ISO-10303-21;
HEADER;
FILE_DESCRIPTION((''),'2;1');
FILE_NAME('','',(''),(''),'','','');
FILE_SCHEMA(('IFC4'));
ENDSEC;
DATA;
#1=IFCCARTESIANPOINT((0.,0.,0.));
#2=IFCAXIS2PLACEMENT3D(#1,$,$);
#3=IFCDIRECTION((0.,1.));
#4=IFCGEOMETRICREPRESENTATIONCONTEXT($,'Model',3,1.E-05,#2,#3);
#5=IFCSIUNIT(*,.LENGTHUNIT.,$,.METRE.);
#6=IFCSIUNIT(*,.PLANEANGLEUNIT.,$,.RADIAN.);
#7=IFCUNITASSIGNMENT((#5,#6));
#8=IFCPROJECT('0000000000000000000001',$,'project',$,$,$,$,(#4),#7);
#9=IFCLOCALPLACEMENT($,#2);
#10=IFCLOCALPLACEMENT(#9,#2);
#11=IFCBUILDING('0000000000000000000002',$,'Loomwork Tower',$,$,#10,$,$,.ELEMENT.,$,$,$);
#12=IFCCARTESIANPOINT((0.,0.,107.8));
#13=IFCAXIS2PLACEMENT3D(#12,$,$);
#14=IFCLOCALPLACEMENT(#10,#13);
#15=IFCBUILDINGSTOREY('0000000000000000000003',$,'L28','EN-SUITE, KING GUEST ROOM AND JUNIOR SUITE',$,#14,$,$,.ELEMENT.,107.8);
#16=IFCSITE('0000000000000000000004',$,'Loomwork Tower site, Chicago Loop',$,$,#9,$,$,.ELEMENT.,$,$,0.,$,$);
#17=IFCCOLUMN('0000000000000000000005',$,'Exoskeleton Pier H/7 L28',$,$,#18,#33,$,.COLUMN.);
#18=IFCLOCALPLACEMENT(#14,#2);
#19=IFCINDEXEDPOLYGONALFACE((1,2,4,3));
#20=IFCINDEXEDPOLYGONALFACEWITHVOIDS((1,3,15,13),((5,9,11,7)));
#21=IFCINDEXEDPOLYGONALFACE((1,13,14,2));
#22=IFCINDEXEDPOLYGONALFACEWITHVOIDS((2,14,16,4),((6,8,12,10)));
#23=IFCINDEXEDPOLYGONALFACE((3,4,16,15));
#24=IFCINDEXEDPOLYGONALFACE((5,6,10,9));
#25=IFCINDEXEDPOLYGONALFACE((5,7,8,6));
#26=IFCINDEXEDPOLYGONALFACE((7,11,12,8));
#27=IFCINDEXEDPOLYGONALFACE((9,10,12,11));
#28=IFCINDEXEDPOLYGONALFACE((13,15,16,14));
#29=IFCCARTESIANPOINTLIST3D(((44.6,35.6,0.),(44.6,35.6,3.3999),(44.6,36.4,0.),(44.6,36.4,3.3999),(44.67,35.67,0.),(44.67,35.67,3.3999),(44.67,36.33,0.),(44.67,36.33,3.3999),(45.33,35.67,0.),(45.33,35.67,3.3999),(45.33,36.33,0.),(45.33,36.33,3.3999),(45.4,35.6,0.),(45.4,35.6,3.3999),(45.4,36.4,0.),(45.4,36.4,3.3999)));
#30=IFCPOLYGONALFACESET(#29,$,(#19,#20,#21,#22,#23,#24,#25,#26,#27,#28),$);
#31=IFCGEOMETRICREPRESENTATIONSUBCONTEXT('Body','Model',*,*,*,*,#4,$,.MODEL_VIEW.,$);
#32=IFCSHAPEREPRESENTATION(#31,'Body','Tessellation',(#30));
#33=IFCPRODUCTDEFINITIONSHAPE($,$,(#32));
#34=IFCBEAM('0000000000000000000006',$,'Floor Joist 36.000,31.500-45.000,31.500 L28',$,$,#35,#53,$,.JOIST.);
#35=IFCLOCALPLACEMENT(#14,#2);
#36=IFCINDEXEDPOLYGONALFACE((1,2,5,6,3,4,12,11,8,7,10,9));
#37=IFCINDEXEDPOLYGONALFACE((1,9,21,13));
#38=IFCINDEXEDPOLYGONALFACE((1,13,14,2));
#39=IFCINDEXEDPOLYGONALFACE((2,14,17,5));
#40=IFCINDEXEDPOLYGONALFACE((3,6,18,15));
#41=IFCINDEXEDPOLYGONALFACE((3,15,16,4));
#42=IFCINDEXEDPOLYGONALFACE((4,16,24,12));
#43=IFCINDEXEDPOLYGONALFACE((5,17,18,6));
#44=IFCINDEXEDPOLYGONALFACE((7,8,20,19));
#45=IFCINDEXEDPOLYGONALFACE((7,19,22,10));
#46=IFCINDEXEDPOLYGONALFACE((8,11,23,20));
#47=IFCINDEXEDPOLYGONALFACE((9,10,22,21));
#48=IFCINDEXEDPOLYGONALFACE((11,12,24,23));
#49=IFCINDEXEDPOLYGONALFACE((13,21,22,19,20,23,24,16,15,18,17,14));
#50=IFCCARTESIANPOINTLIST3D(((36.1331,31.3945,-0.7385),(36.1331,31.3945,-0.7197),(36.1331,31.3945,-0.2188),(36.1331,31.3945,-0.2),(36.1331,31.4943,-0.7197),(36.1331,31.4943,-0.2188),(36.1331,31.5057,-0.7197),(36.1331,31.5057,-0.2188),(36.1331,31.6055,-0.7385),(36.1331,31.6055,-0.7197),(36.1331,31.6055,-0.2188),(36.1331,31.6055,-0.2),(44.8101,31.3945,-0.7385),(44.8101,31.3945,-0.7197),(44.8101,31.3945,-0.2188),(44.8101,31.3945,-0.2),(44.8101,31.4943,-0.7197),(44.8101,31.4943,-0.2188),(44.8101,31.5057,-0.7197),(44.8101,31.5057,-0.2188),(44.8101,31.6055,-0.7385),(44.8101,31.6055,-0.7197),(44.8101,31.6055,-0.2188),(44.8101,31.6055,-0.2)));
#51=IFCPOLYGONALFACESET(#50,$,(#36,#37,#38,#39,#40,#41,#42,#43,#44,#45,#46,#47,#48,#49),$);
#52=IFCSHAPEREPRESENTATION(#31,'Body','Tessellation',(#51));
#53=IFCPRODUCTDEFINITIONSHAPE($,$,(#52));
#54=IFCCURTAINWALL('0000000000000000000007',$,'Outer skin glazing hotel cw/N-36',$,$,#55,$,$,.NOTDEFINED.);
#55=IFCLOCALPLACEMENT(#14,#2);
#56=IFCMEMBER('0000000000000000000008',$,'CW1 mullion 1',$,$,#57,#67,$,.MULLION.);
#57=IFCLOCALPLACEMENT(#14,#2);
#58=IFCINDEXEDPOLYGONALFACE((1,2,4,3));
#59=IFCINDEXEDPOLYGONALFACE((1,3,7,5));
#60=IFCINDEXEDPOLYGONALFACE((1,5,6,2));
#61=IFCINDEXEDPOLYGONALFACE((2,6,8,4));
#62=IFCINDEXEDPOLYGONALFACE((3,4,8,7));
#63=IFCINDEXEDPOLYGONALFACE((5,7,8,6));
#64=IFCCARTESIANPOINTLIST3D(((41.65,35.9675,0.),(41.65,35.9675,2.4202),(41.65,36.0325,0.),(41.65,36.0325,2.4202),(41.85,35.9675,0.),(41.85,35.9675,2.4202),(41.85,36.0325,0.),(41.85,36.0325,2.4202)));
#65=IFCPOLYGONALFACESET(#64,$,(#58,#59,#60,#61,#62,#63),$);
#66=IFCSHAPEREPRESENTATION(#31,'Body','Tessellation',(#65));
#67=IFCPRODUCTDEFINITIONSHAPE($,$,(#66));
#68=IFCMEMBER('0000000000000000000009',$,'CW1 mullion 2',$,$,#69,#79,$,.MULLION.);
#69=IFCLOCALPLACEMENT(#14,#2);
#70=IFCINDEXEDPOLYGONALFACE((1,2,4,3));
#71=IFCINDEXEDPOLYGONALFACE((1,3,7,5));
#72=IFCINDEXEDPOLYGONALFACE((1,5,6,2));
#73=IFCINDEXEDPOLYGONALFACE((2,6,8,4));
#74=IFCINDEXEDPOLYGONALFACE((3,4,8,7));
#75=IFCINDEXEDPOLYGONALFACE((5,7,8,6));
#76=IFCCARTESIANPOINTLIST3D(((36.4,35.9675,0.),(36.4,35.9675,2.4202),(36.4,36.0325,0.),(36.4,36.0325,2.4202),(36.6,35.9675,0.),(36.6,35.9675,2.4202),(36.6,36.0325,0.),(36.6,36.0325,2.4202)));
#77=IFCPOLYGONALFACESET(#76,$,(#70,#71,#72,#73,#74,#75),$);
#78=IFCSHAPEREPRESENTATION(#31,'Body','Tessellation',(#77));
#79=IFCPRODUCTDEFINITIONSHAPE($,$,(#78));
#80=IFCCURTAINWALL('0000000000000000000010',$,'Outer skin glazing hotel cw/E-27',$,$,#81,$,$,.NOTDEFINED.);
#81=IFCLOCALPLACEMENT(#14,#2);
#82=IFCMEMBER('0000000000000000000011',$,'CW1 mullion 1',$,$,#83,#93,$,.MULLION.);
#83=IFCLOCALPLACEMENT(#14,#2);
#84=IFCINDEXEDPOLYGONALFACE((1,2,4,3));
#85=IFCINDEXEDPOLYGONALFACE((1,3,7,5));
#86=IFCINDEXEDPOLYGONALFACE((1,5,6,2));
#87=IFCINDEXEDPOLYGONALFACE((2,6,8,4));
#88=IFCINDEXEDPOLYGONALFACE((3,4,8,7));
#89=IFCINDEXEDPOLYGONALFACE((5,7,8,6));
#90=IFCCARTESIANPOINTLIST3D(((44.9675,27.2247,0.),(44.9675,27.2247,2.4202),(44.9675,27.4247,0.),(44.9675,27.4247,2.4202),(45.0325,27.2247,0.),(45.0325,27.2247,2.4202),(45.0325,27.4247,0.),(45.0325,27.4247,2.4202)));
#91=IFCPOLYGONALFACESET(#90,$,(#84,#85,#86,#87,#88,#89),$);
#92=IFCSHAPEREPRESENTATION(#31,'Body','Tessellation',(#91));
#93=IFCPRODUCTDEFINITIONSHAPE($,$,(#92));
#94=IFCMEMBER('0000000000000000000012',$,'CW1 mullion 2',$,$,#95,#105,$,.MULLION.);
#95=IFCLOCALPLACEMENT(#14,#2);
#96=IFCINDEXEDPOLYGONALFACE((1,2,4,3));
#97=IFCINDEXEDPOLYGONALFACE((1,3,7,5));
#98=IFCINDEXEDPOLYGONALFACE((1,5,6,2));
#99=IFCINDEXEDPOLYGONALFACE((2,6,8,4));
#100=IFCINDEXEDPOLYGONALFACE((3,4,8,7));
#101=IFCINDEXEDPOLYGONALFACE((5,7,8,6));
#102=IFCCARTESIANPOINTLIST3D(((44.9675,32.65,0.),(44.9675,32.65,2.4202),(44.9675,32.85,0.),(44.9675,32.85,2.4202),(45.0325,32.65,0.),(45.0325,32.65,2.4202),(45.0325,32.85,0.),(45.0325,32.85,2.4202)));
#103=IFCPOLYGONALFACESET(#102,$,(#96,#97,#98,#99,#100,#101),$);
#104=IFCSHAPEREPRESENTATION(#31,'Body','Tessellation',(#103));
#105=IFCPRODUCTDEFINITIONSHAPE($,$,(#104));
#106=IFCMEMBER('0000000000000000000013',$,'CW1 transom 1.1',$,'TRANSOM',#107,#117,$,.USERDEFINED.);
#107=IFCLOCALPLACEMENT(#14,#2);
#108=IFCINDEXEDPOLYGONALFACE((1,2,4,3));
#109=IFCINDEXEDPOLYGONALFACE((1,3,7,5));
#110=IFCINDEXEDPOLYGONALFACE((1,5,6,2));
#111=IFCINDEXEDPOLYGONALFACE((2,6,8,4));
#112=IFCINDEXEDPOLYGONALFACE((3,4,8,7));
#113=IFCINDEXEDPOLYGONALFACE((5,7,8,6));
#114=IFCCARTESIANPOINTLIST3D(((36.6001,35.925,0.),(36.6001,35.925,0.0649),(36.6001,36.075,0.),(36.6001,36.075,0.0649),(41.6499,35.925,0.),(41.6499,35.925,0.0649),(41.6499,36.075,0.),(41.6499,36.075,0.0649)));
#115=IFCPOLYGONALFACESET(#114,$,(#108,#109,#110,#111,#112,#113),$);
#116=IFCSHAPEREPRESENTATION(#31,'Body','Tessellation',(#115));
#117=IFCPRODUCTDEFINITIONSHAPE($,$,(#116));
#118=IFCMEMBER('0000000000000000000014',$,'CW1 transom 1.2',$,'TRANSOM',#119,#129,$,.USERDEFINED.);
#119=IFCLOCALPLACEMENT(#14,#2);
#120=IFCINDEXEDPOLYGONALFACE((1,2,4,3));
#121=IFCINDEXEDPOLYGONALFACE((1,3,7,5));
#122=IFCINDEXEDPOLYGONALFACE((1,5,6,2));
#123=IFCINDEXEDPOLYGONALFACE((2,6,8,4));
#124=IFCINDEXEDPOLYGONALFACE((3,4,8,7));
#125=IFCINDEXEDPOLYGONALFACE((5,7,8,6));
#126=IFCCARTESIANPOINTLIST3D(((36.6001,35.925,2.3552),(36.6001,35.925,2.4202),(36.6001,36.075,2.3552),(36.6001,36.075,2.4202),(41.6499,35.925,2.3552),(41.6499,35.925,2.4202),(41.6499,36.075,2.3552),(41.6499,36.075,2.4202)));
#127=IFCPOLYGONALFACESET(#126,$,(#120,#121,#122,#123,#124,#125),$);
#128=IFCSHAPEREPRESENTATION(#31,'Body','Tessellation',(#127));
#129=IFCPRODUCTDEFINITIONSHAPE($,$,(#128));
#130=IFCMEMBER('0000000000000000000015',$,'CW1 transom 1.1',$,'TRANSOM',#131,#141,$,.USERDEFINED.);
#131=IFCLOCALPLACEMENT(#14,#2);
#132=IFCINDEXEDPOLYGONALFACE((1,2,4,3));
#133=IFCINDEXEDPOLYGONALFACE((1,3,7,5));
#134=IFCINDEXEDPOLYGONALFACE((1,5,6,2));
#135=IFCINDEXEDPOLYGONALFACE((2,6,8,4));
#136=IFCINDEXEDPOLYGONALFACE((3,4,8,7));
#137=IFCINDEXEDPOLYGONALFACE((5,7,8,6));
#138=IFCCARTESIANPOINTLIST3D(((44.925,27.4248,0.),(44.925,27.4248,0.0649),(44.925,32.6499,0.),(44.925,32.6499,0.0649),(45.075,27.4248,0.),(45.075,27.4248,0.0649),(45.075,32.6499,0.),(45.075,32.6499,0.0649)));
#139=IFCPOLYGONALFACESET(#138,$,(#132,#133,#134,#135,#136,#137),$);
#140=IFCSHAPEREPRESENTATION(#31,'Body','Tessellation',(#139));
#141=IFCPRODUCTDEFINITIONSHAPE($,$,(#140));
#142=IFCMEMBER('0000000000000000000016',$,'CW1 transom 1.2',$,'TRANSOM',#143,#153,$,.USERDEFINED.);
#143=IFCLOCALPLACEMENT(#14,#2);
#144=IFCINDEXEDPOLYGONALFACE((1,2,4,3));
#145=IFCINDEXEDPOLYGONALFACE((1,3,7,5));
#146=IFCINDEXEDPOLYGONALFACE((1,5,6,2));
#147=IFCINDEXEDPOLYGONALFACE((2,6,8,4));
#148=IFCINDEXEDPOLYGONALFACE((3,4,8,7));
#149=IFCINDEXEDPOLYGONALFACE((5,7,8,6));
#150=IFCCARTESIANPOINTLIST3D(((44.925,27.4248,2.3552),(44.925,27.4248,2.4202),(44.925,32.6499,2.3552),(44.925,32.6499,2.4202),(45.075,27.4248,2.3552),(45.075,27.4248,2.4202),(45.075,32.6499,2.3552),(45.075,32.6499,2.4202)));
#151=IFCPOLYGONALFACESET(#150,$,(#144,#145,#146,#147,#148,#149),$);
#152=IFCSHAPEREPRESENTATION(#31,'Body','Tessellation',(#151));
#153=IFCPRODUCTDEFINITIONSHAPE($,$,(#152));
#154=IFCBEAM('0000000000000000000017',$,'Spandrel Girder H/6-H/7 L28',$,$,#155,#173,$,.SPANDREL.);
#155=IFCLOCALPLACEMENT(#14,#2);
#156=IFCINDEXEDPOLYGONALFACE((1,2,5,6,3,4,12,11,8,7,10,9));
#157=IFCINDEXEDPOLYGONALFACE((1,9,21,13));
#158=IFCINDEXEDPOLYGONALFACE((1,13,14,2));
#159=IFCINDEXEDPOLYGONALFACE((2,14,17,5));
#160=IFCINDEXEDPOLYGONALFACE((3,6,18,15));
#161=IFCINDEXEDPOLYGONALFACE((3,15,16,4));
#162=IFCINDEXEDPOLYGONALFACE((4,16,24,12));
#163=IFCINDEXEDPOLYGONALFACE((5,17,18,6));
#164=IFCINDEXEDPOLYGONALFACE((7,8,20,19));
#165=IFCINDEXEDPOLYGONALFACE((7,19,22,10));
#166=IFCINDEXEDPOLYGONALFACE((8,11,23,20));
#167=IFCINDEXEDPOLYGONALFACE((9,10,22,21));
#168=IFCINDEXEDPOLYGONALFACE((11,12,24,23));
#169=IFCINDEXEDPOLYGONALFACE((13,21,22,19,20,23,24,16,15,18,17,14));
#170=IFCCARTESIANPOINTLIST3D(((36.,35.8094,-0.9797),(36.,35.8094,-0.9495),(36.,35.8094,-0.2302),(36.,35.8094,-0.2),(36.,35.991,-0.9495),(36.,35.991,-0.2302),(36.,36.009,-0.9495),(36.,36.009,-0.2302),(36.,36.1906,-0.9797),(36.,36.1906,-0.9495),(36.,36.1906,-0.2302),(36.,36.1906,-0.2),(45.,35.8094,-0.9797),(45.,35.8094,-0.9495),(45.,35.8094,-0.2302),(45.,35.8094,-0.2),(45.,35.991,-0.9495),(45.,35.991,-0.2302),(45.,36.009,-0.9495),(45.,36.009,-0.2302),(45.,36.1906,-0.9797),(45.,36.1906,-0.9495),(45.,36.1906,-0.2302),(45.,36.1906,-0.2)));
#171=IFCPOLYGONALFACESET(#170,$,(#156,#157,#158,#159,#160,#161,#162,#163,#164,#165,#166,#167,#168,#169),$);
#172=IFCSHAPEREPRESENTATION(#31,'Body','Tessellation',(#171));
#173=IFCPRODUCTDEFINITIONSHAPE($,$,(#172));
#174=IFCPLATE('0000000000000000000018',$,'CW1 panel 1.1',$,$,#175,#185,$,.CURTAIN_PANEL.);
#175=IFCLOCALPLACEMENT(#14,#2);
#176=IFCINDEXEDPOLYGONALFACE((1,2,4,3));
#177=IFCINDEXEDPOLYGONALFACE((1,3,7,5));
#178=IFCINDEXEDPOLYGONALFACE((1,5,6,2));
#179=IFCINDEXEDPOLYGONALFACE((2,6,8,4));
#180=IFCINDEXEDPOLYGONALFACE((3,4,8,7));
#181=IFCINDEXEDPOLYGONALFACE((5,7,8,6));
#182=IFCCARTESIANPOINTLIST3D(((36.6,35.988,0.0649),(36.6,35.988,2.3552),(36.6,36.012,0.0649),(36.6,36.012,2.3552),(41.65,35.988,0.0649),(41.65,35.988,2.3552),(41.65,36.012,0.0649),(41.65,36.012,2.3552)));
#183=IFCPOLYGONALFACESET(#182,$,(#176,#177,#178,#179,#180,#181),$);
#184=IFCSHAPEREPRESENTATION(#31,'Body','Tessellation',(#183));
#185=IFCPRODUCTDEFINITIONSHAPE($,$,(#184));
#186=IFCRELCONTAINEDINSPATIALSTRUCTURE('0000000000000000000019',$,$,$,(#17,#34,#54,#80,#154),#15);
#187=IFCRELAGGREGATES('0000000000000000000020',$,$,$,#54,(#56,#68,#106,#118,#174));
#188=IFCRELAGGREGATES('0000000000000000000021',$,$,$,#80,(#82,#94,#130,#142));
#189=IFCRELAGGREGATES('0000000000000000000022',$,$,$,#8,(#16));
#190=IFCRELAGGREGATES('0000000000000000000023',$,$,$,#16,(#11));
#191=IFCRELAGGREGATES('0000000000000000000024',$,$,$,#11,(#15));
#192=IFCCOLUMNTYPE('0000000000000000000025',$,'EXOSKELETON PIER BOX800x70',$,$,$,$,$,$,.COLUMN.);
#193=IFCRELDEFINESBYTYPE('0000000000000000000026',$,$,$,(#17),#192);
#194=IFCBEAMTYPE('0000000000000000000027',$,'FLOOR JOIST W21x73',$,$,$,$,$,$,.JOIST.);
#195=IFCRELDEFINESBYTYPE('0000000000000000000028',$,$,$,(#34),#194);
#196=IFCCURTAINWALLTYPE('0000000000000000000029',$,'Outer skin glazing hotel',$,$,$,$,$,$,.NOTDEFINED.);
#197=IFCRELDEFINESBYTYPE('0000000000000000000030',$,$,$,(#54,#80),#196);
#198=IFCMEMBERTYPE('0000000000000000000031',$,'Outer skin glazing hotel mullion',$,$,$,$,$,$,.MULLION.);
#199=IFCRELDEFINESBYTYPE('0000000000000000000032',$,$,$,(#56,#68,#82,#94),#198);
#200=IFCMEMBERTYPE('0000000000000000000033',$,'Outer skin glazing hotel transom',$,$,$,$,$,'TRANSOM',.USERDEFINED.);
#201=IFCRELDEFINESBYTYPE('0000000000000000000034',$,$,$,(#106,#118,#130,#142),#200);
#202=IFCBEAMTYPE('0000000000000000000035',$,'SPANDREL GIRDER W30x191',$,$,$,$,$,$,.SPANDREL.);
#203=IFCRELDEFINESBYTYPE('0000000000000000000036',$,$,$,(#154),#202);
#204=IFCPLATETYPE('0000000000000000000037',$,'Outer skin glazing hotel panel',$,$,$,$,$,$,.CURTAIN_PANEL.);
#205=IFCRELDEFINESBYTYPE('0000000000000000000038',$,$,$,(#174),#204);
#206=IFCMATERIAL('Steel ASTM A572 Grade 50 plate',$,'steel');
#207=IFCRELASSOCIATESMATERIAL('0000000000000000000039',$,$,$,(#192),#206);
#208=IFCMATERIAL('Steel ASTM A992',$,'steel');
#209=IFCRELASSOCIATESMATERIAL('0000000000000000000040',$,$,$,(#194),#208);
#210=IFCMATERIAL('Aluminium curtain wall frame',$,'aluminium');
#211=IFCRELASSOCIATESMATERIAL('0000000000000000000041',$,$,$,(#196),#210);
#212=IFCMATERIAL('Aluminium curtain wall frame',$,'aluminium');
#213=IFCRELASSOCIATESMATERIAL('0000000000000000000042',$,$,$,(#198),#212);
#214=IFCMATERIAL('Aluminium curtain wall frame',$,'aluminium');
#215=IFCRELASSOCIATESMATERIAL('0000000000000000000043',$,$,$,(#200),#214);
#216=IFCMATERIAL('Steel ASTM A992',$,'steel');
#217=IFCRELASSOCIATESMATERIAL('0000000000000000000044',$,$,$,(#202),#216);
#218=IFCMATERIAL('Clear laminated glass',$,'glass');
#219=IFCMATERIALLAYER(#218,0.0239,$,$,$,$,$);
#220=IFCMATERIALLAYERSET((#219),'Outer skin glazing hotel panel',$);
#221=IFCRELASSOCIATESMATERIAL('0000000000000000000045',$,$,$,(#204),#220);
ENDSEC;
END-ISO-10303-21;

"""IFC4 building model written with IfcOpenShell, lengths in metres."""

from ifc_helpers import new_model, si_unit, direction, frame, origin, origin_2d, place, context, subcontext, project, spatial, rectangle, hollow_rectangle, i_section, extrude, material, layer, layer_set, material_profile, profile_set, type_object, element, aggregate, save


model = new_model("IFC4")

# Units and contexts
model_context = context("Model", 3, precision=1e-05, world=origin(), true_north=direction((0.0, 1.0)))
body_context = subcontext(model_context, "Body", "Model", "MODEL_VIEW")
ifc_project = project(units=[si_unit("LENGTHUNIT", "METRE"), si_unit("PLANEANGLEUNIT", "RADIAN")], contexts=[model_context])

# Site, building, storey
site_placement = place(None, origin())
site = spatial("IfcSite", under=ifc_project, at=site_placement, Name="Loomwork Tower site, Chicago Loop", CompositionType="ELEMENT", RefElevation=0.0)
building_placement = place(site_placement, origin())
building = spatial("IfcBuilding", under=site, at=building_placement, Name="Loomwork Tower", CompositionType="ELEMENT")
storey_placement = place(building_placement, frame((0.0, 0.0, 107.8)))
storey = spatial("IfcBuildingStorey", under=building, at=storey_placement, Name="L28", Description="EN-SUITE, KING GUEST ROOM AND JUNIOR SUITE", CompositionType="ELEMENT", Elevation=107.8)

# Column
ifc_material_1 = material(Name="Steel ASTM A572 Grade 50 plate", Category="steel")
ifc_material_profile_1 = material_profile(ifc_material_1, hollow_rectangle(XDim=0.8, YDim=0.8, WallThickness=0.0701, at=origin_2d()), Name="BOX800x70")
ifc_profile_set_1 = profile_set([ifc_material_profile_1], Name="Steel ASTM A572 Grade 50 plate")
column_type = type_object("IfcColumnType", Name="EXOSKELETON PIER BOX800x70", PredefinedType="COLUMN", material=ifc_profile_set_1)
column_placement = place(storey_placement, frame((45.0, 36.0, 0.0), z_axis=(0.0, 0.0, 1.0), x_axis=(1.0, 0.0, 0.0)))
element("IfcColumn", 1, at=column_placement, inside=storey, type_object=column_type, Name="Exoskeleton Pier H/7 L28", PredefinedType="COLUMN", context=body_context, shape_type="SweptSolid", body=[
    extrude(hollow_rectangle(XDim=0.8, YDim=0.8, WallThickness=0.0701, at=origin_2d()), origin(), (0.0, 0.0, 1.0), 3.3999),
])

# Beam
ifc_material_2 = material(Name="Steel ASTM A992", Category="steel")
ifc_material_profile_2 = material_profile(ifc_material_2, i_section(OverallWidth=0.2109, OverallDepth=0.5386, WebThickness=0.0115, FlangeThickness=0.0188, at=origin_2d()), Name="W21x73")
ifc_profile_set_2 = profile_set([ifc_material_profile_2], Name="Steel ASTM A992")
beam_type_1 = type_object("IfcBeamType", Name="FLOOR JOIST W21x73", PredefinedType="JOIST", material=ifc_profile_set_2)
beam_1_placement = place(storey_placement, frame((36.1331, 31.5, -0.4692), z_axis=(1.0, 0.0, 0.0), x_axis=(0.0, 1.0, 0.0)))
element("IfcBeam", 2, at=beam_1_placement, inside=storey, type_object=beam_type_1, Name="Floor Joist 36.000,31.500-45.000,31.500 L28", PredefinedType="JOIST", context=body_context, shape_type="SweptSolid", body=[
    extrude(i_section(OverallWidth=0.2109, OverallDepth=0.5386, WebThickness=0.0115, FlangeThickness=0.0188, at=origin_2d()), origin(), (0.0, 0.0, 1.0), 8.677),
])

# Curtain walls, members
ifc_material_3 = material(Name="Aluminium curtain wall frame", Category="aluminium")
curtain_wall_type = type_object("IfcCurtainWallType", Name="Outer skin glazing hotel", PredefinedType="NOTDEFINED", material=ifc_material_3)
curtain_wall_1_placement = place(storey_placement, origin())
curtain_wall_1 = element("IfcCurtainWall", 3, at=curtain_wall_1_placement, inside=storey, type_object=curtain_wall_type, Name="Outer skin glazing hotel cw/N-36", PredefinedType="NOTDEFINED")
ifc_material_4 = material(Name="Aluminium curtain wall frame", Category="aluminium")
ifc_material_profile_3 = material_profile(ifc_material_4, rectangle(XDim=0.0649, YDim=0.2, at=origin_2d()), Name="AL 65x200")
ifc_profile_set_3 = profile_set([ifc_material_profile_3], Name="Aluminium curtain wall frame")
member_type_1 = type_object("IfcMemberType", Name="Outer skin glazing hotel mullion", PredefinedType="MULLION", material=ifc_profile_set_3)
member_1_placement = place(storey_placement, frame((41.75, 36.0, 0.0), z_axis=(0.0, 0.0, 1.0), x_axis=(0.0, -1.0, 0.0)))
member_1 = element("IfcMember", 4, at=member_1_placement, type_object=member_type_1, Name="CW1 mullion 1", PredefinedType="MULLION", context=body_context, shape_type="SweptSolid", body=[
    extrude(rectangle(XDim=0.0649, YDim=0.2, at=origin_2d()), origin(), (0.0, 0.0, 1.0), 2.4202),
])
member_2_placement = place(storey_placement, frame((36.5, 36.0, 0.0), z_axis=(0.0, 0.0, 1.0), x_axis=(0.0, -1.0, 0.0)))
member_2 = element("IfcMember", 5, at=member_2_placement, type_object=member_type_1, Name="CW1 mullion 2", PredefinedType="MULLION", context=body_context, shape_type="SweptSolid", body=[
    extrude(rectangle(XDim=0.0649, YDim=0.2, at=origin_2d()), origin(), (0.0, 0.0, 1.0), 2.4202),
])
curtain_wall_2_placement = place(storey_placement, origin())
curtain_wall_2 = element("IfcCurtainWall", 6, at=curtain_wall_2_placement, inside=storey, type_object=curtain_wall_type, Name="Outer skin glazing hotel cw/E-27", PredefinedType="NOTDEFINED")
member_3_placement = place(storey_placement, frame((45.0, 27.3247, 0.0), z_axis=(0.0, 0.0, 1.0), x_axis=(-1.0, 0.0, 0.0)))
member_3 = element("IfcMember", 7, at=member_3_placement, type_object=member_type_1, Name="CW1 mullion 1", PredefinedType="MULLION", context=body_context, shape_type="SweptSolid", body=[
    extrude(rectangle(XDim=0.0649, YDim=0.2, at=origin_2d()), origin(), (0.0, 0.0, 1.0), 2.4202),
])
member_4_placement = place(storey_placement, frame((45.0, 32.75, 0.0), z_axis=(0.0, 0.0, 1.0), x_axis=(-1.0, 0.0, 0.0)))
member_4 = element("IfcMember", 8, at=member_4_placement, type_object=member_type_1, Name="CW1 mullion 2", PredefinedType="MULLION", context=body_context, shape_type="SweptSolid", body=[
    extrude(rectangle(XDim=0.0649, YDim=0.2, at=origin_2d()), origin(), (0.0, 0.0, 1.0), 2.4202),
])

# Members
ifc_material_5 = material(Name="Aluminium curtain wall frame", Category="aluminium")
ifc_material_profile_4 = material_profile(ifc_material_5, rectangle(XDim=0.1499, YDim=0.0649, at=origin_2d()), Name="AL 65x150")
ifc_profile_set_4 = profile_set([ifc_material_profile_4], Name="Aluminium curtain wall frame")
member_type_2 = type_object("IfcMemberType", Name="Outer skin glazing hotel transom", ElementType="TRANSOM", PredefinedType="USERDEFINED", material=ifc_profile_set_4)
member_5_placement = place(storey_placement, frame((41.6499, 36.0, 0.0325), z_axis=(-1.0, 0.0, 0.0), x_axis=(0.0, -1.0, 0.0)))
member_5 = element("IfcMember", 9, at=member_5_placement, type_object=member_type_2, Name="CW1 transom 1.1", ObjectType="TRANSOM", PredefinedType="USERDEFINED", context=body_context, shape_type="SweptSolid", body=[
    extrude(rectangle(XDim=0.1499, YDim=0.0649, at=origin_2d()), origin(), (0.0, 0.0, 1.0), 5.0498),
])
member_6_placement = place(storey_placement, frame((41.6499, 36.0, 2.3877), z_axis=(-1.0, 0.0, 0.0), x_axis=(0.0, -1.0, 0.0)))
member_6 = element("IfcMember", 10, at=member_6_placement, type_object=member_type_2, Name="CW1 transom 1.2", ObjectType="TRANSOM", PredefinedType="USERDEFINED", context=body_context, shape_type="SweptSolid", body=[
    extrude(rectangle(XDim=0.1499, YDim=0.0649, at=origin_2d()), origin(), (0.0, 0.0, 1.0), 5.0498),
])
member_7_placement = place(storey_placement, frame((45.0, 27.4248, 0.0325), z_axis=(0.0, 1.0, 0.0), x_axis=(-1.0, 0.0, 0.0)))
member_7 = element("IfcMember", 11, at=member_7_placement, type_object=member_type_2, Name="CW1 transom 1.1", ObjectType="TRANSOM", PredefinedType="USERDEFINED", context=body_context, shape_type="SweptSolid", body=[
    extrude(rectangle(XDim=0.1499, YDim=0.0649, at=origin_2d()), origin(), (0.0, 0.0, 1.0), 5.2251),
])
member_8_placement = place(storey_placement, frame((45.0, 27.4248, 2.3877), z_axis=(0.0, 1.0, 0.0), x_axis=(-1.0, 0.0, 0.0)))
member_8 = element("IfcMember", 12, at=member_8_placement, type_object=member_type_2, Name="CW1 transom 1.2", ObjectType="TRANSOM", PredefinedType="USERDEFINED", context=body_context, shape_type="SweptSolid", body=[
    extrude(rectangle(XDim=0.1499, YDim=0.0649, at=origin_2d()), origin(), (0.0, 0.0, 1.0), 5.2251),
])

# Beam
ifc_material_6 = material(Name="Steel ASTM A992", Category="steel")
ifc_material_profile_5 = material_profile(ifc_material_6, i_section(OverallWidth=0.3811, OverallDepth=0.7798, WebThickness=0.0181, FlangeThickness=0.0303, at=origin_2d()), Name="W30x191")
ifc_profile_set_5 = profile_set([ifc_material_profile_5], Name="Steel ASTM A992")
beam_type_2 = type_object("IfcBeamType", Name="SPANDREL GIRDER W30x191", PredefinedType="SPANDREL", material=ifc_profile_set_5)
beam_2_placement = place(storey_placement, frame((36.0, 36.0, -0.5898), z_axis=(1.0, 0.0, 0.0), x_axis=(0.0, 1.0, 0.0)))
element("IfcBeam", 13, at=beam_2_placement, inside=storey, type_object=beam_type_2, Name="Spandrel Girder H/6-H/7 L28", PredefinedType="SPANDREL", context=body_context, shape_type="SweptSolid", body=[
    extrude(i_section(OverallWidth=0.3811, OverallDepth=0.7798, WebThickness=0.0181, FlangeThickness=0.0303, at=origin_2d()), origin(), (0.0, 0.0, 1.0), 9.0),
])

# Plate
ifc_material_7 = material(Name="Clear laminated glass", Category="glass")
ifc_layer_1 = layer(ifc_material_7, 0.0239)
ifc_layer_set_1 = layer_set([ifc_layer_1], Name="Outer skin glazing hotel panel")
plate_type = type_object("IfcPlateType", Name="Outer skin glazing hotel panel", PredefinedType="CURTAIN_PANEL", material=ifc_layer_set_1)
plate_1_placement = place(storey_placement, frame((39.125, 36.0, 0.0649), z_axis=(0.0, 0.0, 1.0), x_axis=(-1.0, 0.0, 0.0)))
plate_1 = element("IfcPlate", 14, at=plate_1_placement, type_object=plate_type, Name="CW1 panel 1.1", PredefinedType="CURTAIN_PANEL", context=body_context, shape_type="SweptSolid", body=[
    extrude(rectangle(XDim=5.05, YDim=0.0239, at=origin_2d()), origin(), (0.0, 0.0, 1.0), 2.2903),
])
aggregate(curtain_wall_1, [member_1, member_2, member_5, member_6, plate_1])
aggregate(curtain_wall_2, [member_3, member_4, member_7, member_8])

save(model, "model.ifc")
